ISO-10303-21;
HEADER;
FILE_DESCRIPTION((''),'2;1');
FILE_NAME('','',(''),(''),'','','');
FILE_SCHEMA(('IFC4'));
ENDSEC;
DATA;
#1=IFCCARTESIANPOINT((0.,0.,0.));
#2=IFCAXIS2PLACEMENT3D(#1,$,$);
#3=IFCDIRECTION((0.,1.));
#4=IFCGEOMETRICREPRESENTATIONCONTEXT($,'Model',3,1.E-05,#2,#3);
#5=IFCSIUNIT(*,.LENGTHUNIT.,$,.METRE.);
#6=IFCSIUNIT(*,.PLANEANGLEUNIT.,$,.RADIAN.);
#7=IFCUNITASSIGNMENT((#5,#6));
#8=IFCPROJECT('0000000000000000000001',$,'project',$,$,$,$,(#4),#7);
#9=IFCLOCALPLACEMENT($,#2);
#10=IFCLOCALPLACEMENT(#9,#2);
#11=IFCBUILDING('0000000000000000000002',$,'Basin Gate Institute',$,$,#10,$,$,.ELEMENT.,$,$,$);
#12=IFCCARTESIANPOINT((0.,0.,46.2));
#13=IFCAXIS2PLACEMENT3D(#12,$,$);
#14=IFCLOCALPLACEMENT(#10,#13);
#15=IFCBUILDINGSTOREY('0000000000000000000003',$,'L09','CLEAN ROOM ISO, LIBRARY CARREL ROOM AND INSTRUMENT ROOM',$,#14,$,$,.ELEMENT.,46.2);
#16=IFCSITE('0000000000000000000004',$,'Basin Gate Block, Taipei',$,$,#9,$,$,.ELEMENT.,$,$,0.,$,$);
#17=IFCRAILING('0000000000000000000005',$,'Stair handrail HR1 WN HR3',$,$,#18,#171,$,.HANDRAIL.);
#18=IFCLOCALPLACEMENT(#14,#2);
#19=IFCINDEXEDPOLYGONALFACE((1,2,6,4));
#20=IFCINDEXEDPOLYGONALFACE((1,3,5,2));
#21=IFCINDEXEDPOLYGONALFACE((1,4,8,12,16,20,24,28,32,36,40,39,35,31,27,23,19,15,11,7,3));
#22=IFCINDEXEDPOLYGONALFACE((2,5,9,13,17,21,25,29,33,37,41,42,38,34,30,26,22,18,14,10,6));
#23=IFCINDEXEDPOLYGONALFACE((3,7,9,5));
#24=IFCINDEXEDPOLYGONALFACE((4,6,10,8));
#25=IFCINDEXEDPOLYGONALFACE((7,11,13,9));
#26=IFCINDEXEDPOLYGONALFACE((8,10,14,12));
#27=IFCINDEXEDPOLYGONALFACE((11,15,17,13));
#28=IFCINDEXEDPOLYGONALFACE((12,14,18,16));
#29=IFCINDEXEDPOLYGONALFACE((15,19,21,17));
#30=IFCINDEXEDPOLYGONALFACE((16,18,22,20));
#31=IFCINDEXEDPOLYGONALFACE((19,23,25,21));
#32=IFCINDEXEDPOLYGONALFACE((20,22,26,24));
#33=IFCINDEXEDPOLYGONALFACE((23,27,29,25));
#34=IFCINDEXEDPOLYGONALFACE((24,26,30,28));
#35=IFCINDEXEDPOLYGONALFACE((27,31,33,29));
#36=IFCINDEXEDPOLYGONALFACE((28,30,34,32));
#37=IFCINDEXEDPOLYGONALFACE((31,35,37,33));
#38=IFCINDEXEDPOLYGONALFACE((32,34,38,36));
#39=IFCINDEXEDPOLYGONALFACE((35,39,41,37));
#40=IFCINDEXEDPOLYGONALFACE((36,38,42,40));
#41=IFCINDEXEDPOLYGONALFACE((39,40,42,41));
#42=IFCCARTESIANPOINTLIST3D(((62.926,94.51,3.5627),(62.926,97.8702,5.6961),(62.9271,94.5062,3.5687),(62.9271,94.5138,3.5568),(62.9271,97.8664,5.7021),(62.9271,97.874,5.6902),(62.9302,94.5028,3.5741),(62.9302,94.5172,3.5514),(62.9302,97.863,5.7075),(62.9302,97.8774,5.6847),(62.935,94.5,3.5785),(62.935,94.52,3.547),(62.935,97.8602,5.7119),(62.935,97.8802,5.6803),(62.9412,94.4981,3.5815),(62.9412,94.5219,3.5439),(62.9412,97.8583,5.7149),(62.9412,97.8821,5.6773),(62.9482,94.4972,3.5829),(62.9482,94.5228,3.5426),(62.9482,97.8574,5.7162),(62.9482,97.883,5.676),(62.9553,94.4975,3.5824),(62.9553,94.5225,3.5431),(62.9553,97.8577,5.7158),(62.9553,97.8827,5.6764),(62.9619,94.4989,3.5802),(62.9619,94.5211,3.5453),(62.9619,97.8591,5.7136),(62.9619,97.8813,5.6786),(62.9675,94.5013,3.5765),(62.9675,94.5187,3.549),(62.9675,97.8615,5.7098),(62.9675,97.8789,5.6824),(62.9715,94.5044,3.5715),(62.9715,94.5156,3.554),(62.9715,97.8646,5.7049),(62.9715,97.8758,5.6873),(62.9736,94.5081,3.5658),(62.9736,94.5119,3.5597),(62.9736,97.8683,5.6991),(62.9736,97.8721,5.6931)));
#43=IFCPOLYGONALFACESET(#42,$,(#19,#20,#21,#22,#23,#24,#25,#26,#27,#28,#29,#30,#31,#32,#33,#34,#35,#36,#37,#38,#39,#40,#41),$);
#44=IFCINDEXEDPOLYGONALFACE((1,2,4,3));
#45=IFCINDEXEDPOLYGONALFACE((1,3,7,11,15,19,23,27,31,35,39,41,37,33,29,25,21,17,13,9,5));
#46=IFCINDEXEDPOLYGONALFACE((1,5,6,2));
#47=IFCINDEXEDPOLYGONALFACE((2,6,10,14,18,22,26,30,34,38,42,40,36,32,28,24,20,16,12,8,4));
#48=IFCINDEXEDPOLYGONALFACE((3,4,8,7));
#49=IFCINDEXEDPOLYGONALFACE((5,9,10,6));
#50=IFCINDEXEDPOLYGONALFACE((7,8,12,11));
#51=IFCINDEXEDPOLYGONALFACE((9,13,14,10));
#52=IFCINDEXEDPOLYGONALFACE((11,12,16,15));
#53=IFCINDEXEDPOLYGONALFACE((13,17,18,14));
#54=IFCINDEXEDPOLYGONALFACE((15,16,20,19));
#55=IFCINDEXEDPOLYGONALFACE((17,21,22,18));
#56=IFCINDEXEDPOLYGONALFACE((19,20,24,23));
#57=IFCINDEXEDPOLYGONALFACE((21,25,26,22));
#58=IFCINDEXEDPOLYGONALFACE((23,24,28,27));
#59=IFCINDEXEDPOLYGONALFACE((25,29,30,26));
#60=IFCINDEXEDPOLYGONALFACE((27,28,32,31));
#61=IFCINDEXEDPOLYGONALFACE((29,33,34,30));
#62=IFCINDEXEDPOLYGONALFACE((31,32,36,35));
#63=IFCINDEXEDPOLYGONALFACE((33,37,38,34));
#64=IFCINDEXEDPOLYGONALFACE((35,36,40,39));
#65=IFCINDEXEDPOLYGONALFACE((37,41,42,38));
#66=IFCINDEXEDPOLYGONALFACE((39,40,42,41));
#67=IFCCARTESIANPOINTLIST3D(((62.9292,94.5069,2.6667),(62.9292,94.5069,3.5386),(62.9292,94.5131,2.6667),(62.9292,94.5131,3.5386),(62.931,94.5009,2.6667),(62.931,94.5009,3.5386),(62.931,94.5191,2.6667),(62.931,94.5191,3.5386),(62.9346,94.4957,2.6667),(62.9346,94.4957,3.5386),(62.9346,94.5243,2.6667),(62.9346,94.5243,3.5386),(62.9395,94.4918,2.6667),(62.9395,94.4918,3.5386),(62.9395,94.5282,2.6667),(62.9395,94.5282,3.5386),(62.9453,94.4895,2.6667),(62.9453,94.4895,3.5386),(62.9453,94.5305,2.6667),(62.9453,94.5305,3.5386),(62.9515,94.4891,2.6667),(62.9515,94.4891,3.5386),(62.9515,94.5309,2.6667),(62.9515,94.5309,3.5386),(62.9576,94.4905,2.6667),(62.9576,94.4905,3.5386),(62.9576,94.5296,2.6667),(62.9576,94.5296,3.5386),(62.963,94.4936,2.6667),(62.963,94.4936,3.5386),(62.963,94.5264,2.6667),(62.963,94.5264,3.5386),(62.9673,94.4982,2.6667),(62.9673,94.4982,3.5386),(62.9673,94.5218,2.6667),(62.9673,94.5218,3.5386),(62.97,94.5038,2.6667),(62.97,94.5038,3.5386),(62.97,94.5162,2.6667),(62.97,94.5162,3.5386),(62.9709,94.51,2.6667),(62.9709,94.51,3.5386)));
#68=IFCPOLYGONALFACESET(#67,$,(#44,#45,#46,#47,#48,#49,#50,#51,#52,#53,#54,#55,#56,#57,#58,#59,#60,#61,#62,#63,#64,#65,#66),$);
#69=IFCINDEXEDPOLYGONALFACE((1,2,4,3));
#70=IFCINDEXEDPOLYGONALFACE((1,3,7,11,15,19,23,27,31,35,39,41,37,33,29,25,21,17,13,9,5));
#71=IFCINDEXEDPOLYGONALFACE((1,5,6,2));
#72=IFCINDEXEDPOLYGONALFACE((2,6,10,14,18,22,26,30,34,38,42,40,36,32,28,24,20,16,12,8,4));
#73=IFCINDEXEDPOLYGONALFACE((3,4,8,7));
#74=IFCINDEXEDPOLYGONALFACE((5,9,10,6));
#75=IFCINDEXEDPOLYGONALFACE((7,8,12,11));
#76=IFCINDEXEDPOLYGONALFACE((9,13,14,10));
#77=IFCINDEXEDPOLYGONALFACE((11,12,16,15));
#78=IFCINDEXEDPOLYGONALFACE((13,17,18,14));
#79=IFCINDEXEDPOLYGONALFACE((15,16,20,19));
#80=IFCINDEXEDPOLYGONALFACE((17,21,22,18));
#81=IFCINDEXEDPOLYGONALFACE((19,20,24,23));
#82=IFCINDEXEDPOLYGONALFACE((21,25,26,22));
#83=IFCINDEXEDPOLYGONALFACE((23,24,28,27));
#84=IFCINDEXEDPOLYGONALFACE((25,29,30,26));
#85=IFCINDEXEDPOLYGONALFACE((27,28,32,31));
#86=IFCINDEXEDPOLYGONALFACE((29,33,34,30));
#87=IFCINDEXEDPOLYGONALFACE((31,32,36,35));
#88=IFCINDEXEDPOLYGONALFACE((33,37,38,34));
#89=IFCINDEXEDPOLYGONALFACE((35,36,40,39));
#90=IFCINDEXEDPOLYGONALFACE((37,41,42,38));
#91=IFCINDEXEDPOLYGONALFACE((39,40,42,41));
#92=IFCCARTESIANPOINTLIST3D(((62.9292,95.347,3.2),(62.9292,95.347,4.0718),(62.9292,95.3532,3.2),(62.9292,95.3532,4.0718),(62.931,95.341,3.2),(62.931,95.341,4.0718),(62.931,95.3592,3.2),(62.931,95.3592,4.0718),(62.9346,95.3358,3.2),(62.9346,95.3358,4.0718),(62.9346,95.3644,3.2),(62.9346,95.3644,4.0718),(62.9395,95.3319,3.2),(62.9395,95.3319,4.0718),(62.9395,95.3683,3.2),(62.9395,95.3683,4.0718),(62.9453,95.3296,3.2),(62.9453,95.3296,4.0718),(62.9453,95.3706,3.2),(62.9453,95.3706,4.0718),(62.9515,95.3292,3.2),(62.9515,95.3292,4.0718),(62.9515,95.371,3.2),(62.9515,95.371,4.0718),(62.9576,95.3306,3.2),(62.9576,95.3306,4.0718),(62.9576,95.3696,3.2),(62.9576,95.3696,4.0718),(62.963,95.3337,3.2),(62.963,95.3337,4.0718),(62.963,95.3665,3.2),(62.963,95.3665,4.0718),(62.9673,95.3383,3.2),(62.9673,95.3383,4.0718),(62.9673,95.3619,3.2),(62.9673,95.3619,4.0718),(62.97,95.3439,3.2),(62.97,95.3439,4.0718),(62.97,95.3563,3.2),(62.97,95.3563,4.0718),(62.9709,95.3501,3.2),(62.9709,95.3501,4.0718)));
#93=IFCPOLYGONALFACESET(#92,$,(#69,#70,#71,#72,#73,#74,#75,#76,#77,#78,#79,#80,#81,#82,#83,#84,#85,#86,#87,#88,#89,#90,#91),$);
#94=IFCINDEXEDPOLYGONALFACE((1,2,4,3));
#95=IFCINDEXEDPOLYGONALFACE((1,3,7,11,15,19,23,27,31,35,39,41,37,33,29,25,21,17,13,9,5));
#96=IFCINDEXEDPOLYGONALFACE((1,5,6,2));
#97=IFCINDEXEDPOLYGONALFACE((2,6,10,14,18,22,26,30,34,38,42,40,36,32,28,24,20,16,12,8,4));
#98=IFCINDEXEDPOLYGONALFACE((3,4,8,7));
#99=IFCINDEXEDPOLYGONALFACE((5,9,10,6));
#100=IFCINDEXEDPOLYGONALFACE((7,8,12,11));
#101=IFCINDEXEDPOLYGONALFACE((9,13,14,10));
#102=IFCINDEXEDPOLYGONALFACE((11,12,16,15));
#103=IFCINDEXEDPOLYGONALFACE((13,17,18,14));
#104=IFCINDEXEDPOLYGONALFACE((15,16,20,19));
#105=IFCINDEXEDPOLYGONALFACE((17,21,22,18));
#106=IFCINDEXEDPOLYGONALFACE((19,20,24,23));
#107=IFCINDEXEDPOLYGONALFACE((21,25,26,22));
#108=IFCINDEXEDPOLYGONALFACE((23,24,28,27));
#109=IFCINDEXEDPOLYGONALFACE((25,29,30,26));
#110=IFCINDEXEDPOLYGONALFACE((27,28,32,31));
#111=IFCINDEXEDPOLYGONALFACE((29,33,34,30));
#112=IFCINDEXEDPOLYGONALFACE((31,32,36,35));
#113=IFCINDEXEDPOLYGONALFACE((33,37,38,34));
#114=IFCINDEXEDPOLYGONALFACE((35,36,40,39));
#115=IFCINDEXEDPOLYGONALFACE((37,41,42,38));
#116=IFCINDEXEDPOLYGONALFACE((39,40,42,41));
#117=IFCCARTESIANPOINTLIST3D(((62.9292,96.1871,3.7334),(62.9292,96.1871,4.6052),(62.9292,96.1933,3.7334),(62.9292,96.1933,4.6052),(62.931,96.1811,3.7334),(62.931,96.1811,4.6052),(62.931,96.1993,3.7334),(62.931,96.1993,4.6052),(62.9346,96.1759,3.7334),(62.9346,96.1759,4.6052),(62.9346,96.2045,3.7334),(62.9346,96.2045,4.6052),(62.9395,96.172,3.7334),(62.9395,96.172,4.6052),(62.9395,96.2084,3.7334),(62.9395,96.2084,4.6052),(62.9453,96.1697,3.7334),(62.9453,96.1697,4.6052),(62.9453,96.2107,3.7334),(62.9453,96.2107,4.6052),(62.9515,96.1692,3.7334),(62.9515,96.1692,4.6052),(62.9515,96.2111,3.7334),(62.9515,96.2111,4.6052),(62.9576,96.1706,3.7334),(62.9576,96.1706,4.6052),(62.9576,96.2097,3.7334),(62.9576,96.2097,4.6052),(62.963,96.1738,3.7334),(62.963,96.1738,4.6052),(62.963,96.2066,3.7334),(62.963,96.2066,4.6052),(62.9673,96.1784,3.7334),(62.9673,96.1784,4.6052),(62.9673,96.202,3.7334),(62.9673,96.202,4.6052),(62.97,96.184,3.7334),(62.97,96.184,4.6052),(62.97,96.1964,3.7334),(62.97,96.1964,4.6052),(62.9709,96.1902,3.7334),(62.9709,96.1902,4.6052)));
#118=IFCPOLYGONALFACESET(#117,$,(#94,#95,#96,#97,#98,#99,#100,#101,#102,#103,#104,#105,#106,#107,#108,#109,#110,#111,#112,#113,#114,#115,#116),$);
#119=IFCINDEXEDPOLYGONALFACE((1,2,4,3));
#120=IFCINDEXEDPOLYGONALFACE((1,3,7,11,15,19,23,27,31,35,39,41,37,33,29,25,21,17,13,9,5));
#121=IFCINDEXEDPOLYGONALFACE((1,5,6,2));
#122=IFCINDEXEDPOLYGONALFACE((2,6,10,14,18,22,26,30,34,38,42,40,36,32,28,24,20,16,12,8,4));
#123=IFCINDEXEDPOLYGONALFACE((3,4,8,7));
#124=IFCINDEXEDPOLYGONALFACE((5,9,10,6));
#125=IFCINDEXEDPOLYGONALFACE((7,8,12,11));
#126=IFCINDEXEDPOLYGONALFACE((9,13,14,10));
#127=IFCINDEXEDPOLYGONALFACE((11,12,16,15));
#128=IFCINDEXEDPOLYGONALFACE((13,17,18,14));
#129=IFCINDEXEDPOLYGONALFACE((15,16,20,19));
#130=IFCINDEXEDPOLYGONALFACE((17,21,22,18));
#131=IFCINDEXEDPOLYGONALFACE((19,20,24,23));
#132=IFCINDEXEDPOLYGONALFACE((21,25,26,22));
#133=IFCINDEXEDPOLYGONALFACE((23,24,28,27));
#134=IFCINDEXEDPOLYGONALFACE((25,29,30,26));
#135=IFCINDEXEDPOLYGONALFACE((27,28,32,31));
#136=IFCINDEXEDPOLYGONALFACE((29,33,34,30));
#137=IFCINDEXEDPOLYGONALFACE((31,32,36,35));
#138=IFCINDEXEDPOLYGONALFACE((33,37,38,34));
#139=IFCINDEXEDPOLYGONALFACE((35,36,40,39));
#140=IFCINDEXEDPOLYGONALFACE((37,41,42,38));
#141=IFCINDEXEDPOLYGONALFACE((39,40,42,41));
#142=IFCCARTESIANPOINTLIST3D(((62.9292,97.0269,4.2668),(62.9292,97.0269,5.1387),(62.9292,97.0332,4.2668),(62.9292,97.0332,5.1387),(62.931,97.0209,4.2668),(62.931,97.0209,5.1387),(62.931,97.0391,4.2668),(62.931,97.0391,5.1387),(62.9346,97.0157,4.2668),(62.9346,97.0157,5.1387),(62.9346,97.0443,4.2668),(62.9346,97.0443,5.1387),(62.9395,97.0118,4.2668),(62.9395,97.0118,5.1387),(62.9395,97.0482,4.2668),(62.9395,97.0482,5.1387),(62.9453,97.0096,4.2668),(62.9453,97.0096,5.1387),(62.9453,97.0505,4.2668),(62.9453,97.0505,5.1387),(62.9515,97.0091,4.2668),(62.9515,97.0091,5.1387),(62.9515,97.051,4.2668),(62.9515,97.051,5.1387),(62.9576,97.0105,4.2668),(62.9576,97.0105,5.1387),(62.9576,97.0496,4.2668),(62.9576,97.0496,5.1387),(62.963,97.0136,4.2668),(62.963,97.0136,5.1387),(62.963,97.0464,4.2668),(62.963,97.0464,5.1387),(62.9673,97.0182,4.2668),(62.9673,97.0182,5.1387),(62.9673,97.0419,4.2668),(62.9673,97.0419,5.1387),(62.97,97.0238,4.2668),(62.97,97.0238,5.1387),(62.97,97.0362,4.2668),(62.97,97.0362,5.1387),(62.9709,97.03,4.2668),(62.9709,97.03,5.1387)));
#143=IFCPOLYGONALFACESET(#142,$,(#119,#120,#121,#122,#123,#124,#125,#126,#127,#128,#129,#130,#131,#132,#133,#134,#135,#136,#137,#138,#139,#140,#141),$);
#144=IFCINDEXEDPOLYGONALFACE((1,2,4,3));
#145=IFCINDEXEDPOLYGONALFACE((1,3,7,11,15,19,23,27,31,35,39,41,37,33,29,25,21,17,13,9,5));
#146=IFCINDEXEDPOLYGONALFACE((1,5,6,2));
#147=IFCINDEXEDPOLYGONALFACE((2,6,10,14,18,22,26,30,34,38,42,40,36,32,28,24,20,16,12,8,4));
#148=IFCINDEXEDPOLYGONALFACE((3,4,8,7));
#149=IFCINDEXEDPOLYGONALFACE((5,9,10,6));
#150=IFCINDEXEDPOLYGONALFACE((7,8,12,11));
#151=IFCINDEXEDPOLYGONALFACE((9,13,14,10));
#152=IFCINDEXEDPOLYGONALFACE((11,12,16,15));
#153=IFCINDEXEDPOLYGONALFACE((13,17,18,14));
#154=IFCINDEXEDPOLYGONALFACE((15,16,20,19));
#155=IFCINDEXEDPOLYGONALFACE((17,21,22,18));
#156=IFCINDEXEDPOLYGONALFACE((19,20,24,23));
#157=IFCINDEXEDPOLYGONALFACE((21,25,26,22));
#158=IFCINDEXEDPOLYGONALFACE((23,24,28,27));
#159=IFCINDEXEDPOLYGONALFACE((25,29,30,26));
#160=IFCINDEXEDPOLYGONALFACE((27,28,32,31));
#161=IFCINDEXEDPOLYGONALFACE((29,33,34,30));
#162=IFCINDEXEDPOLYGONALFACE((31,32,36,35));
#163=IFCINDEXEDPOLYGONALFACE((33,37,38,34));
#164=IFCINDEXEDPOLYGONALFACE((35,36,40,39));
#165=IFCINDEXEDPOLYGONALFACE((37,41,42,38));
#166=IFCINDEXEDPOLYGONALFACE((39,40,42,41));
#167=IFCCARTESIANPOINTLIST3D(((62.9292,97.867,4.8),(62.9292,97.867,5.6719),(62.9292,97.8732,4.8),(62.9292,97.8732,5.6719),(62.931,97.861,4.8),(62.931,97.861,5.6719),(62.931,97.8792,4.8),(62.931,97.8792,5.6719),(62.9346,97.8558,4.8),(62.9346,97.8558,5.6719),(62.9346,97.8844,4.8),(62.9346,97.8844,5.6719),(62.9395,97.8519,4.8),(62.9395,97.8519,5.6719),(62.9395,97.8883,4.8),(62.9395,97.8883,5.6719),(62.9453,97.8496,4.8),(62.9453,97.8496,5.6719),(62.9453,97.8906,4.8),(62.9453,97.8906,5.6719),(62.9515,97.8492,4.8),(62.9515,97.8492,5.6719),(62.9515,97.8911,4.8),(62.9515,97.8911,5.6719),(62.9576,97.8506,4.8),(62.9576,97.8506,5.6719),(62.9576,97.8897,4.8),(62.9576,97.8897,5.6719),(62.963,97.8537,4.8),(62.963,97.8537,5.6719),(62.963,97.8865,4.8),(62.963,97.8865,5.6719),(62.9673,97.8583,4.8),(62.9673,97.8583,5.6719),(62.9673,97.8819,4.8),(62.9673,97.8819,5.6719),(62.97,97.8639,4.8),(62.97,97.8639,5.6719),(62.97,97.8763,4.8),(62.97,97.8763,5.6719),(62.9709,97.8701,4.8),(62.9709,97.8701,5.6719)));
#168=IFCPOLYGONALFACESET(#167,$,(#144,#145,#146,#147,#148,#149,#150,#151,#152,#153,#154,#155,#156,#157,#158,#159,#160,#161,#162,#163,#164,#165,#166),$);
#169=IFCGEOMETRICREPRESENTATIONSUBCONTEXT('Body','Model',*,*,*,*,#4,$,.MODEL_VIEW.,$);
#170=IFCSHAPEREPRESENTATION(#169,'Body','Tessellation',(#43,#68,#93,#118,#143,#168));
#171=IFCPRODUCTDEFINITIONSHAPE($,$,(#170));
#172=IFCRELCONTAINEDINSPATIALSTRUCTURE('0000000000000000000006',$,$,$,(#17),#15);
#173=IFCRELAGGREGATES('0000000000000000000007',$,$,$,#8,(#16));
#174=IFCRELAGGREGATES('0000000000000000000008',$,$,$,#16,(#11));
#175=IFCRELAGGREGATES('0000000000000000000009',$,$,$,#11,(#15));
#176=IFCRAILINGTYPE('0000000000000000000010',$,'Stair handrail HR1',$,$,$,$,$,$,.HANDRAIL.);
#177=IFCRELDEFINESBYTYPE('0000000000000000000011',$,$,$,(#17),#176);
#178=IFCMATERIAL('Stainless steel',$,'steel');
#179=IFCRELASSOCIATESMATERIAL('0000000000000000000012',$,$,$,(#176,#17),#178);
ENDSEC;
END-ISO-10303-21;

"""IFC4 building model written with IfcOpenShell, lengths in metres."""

from ifc_helpers import new_model, si_unit, direction, frame, origin, origin_2d, place, context, subcontext, project, spatial, circle, extrude, material, type_object, element, save


model = new_model("IFC4")

# Units and contexts
model_context = context("Model", 3, precision=1e-05, world=origin(), true_north=direction((0.0, 1.0)))
body_context = subcontext(model_context, "Body", "Model", "MODEL_VIEW")
ifc_project = project(units=[si_unit("LENGTHUNIT", "METRE"), si_unit("PLANEANGLEUNIT", "RADIAN")], contexts=[model_context])

# Site, building, storey
site_placement = place(None, origin())
site = spatial("IfcSite", under=ifc_project, at=site_placement, Name="Basin Gate Block, Taipei", CompositionType="ELEMENT", RefElevation=0.0)
building_placement = place(site_placement, origin())
building = spatial("IfcBuilding", under=site, at=building_placement, Name="Basin Gate Institute", CompositionType="ELEMENT")
storey_placement = place(building_placement, frame((0.0, 0.0, 46.2)))
storey = spatial("IfcBuildingStorey", under=building, at=storey_placement, Name="L09", Description="CLEAN ROOM ISO, LIBRARY CARREL ROOM AND INSTRUMENT ROOM", CompositionType="ELEMENT", Elevation=46.2)

# Railing
ifc_material_1 = material(Name="Stainless steel", Category="steel")
railing_type_1 = type_object("IfcRailingType", Name="Stair handrail HR1", PredefinedType="HANDRAIL", material=ifc_material_1)
railing_1_placement = place(storey_placement, frame((62.95, 94.51, 2.6667)))
element("IfcRailing", 1, at=railing_1_placement, inside=storey, type_object=railing_type_1, material=ifc_material_1, Name="Stair handrail HR1 WN HR3", PredefinedType="HANDRAIL", context=body_context, shape_type="SweptSolid", body=[
    extrude(circle(Radius=0.0239, at=origin_2d()), frame((0.0, 0.0, 0.896), z_axis=(0.0, 0.844224, 0.53599), x_axis=(-1.0, 0.0, 0.0)), (0.0, 0.0, 1.0), 3.9802),
    extrude(circle(Radius=0.021, at=origin_2d()), origin(), (0.0, 0.0, 1.0), 0.8718),
    extrude(circle(Radius=0.021, at=origin_2d()), frame((0.0, 0.8401, 0.5332)), (0.0, 0.0, 1.0), 0.8718),
    extrude(circle(Radius=0.021, at=origin_2d()), frame((0.0, 1.6802, 1.0667)), (0.0, 0.0, 1.0), 0.8718),
    extrude(circle(Radius=0.021, at=origin_2d()), frame((0.0, 2.52, 1.6001)), (0.0, 0.0, 1.0), 0.8718),
    extrude(circle(Radius=0.021, at=origin_2d()), frame((0.0, 3.3601, 2.1333)), (0.0, 0.0, 1.0), 0.8718),
])

save(model, "model.ifc")
